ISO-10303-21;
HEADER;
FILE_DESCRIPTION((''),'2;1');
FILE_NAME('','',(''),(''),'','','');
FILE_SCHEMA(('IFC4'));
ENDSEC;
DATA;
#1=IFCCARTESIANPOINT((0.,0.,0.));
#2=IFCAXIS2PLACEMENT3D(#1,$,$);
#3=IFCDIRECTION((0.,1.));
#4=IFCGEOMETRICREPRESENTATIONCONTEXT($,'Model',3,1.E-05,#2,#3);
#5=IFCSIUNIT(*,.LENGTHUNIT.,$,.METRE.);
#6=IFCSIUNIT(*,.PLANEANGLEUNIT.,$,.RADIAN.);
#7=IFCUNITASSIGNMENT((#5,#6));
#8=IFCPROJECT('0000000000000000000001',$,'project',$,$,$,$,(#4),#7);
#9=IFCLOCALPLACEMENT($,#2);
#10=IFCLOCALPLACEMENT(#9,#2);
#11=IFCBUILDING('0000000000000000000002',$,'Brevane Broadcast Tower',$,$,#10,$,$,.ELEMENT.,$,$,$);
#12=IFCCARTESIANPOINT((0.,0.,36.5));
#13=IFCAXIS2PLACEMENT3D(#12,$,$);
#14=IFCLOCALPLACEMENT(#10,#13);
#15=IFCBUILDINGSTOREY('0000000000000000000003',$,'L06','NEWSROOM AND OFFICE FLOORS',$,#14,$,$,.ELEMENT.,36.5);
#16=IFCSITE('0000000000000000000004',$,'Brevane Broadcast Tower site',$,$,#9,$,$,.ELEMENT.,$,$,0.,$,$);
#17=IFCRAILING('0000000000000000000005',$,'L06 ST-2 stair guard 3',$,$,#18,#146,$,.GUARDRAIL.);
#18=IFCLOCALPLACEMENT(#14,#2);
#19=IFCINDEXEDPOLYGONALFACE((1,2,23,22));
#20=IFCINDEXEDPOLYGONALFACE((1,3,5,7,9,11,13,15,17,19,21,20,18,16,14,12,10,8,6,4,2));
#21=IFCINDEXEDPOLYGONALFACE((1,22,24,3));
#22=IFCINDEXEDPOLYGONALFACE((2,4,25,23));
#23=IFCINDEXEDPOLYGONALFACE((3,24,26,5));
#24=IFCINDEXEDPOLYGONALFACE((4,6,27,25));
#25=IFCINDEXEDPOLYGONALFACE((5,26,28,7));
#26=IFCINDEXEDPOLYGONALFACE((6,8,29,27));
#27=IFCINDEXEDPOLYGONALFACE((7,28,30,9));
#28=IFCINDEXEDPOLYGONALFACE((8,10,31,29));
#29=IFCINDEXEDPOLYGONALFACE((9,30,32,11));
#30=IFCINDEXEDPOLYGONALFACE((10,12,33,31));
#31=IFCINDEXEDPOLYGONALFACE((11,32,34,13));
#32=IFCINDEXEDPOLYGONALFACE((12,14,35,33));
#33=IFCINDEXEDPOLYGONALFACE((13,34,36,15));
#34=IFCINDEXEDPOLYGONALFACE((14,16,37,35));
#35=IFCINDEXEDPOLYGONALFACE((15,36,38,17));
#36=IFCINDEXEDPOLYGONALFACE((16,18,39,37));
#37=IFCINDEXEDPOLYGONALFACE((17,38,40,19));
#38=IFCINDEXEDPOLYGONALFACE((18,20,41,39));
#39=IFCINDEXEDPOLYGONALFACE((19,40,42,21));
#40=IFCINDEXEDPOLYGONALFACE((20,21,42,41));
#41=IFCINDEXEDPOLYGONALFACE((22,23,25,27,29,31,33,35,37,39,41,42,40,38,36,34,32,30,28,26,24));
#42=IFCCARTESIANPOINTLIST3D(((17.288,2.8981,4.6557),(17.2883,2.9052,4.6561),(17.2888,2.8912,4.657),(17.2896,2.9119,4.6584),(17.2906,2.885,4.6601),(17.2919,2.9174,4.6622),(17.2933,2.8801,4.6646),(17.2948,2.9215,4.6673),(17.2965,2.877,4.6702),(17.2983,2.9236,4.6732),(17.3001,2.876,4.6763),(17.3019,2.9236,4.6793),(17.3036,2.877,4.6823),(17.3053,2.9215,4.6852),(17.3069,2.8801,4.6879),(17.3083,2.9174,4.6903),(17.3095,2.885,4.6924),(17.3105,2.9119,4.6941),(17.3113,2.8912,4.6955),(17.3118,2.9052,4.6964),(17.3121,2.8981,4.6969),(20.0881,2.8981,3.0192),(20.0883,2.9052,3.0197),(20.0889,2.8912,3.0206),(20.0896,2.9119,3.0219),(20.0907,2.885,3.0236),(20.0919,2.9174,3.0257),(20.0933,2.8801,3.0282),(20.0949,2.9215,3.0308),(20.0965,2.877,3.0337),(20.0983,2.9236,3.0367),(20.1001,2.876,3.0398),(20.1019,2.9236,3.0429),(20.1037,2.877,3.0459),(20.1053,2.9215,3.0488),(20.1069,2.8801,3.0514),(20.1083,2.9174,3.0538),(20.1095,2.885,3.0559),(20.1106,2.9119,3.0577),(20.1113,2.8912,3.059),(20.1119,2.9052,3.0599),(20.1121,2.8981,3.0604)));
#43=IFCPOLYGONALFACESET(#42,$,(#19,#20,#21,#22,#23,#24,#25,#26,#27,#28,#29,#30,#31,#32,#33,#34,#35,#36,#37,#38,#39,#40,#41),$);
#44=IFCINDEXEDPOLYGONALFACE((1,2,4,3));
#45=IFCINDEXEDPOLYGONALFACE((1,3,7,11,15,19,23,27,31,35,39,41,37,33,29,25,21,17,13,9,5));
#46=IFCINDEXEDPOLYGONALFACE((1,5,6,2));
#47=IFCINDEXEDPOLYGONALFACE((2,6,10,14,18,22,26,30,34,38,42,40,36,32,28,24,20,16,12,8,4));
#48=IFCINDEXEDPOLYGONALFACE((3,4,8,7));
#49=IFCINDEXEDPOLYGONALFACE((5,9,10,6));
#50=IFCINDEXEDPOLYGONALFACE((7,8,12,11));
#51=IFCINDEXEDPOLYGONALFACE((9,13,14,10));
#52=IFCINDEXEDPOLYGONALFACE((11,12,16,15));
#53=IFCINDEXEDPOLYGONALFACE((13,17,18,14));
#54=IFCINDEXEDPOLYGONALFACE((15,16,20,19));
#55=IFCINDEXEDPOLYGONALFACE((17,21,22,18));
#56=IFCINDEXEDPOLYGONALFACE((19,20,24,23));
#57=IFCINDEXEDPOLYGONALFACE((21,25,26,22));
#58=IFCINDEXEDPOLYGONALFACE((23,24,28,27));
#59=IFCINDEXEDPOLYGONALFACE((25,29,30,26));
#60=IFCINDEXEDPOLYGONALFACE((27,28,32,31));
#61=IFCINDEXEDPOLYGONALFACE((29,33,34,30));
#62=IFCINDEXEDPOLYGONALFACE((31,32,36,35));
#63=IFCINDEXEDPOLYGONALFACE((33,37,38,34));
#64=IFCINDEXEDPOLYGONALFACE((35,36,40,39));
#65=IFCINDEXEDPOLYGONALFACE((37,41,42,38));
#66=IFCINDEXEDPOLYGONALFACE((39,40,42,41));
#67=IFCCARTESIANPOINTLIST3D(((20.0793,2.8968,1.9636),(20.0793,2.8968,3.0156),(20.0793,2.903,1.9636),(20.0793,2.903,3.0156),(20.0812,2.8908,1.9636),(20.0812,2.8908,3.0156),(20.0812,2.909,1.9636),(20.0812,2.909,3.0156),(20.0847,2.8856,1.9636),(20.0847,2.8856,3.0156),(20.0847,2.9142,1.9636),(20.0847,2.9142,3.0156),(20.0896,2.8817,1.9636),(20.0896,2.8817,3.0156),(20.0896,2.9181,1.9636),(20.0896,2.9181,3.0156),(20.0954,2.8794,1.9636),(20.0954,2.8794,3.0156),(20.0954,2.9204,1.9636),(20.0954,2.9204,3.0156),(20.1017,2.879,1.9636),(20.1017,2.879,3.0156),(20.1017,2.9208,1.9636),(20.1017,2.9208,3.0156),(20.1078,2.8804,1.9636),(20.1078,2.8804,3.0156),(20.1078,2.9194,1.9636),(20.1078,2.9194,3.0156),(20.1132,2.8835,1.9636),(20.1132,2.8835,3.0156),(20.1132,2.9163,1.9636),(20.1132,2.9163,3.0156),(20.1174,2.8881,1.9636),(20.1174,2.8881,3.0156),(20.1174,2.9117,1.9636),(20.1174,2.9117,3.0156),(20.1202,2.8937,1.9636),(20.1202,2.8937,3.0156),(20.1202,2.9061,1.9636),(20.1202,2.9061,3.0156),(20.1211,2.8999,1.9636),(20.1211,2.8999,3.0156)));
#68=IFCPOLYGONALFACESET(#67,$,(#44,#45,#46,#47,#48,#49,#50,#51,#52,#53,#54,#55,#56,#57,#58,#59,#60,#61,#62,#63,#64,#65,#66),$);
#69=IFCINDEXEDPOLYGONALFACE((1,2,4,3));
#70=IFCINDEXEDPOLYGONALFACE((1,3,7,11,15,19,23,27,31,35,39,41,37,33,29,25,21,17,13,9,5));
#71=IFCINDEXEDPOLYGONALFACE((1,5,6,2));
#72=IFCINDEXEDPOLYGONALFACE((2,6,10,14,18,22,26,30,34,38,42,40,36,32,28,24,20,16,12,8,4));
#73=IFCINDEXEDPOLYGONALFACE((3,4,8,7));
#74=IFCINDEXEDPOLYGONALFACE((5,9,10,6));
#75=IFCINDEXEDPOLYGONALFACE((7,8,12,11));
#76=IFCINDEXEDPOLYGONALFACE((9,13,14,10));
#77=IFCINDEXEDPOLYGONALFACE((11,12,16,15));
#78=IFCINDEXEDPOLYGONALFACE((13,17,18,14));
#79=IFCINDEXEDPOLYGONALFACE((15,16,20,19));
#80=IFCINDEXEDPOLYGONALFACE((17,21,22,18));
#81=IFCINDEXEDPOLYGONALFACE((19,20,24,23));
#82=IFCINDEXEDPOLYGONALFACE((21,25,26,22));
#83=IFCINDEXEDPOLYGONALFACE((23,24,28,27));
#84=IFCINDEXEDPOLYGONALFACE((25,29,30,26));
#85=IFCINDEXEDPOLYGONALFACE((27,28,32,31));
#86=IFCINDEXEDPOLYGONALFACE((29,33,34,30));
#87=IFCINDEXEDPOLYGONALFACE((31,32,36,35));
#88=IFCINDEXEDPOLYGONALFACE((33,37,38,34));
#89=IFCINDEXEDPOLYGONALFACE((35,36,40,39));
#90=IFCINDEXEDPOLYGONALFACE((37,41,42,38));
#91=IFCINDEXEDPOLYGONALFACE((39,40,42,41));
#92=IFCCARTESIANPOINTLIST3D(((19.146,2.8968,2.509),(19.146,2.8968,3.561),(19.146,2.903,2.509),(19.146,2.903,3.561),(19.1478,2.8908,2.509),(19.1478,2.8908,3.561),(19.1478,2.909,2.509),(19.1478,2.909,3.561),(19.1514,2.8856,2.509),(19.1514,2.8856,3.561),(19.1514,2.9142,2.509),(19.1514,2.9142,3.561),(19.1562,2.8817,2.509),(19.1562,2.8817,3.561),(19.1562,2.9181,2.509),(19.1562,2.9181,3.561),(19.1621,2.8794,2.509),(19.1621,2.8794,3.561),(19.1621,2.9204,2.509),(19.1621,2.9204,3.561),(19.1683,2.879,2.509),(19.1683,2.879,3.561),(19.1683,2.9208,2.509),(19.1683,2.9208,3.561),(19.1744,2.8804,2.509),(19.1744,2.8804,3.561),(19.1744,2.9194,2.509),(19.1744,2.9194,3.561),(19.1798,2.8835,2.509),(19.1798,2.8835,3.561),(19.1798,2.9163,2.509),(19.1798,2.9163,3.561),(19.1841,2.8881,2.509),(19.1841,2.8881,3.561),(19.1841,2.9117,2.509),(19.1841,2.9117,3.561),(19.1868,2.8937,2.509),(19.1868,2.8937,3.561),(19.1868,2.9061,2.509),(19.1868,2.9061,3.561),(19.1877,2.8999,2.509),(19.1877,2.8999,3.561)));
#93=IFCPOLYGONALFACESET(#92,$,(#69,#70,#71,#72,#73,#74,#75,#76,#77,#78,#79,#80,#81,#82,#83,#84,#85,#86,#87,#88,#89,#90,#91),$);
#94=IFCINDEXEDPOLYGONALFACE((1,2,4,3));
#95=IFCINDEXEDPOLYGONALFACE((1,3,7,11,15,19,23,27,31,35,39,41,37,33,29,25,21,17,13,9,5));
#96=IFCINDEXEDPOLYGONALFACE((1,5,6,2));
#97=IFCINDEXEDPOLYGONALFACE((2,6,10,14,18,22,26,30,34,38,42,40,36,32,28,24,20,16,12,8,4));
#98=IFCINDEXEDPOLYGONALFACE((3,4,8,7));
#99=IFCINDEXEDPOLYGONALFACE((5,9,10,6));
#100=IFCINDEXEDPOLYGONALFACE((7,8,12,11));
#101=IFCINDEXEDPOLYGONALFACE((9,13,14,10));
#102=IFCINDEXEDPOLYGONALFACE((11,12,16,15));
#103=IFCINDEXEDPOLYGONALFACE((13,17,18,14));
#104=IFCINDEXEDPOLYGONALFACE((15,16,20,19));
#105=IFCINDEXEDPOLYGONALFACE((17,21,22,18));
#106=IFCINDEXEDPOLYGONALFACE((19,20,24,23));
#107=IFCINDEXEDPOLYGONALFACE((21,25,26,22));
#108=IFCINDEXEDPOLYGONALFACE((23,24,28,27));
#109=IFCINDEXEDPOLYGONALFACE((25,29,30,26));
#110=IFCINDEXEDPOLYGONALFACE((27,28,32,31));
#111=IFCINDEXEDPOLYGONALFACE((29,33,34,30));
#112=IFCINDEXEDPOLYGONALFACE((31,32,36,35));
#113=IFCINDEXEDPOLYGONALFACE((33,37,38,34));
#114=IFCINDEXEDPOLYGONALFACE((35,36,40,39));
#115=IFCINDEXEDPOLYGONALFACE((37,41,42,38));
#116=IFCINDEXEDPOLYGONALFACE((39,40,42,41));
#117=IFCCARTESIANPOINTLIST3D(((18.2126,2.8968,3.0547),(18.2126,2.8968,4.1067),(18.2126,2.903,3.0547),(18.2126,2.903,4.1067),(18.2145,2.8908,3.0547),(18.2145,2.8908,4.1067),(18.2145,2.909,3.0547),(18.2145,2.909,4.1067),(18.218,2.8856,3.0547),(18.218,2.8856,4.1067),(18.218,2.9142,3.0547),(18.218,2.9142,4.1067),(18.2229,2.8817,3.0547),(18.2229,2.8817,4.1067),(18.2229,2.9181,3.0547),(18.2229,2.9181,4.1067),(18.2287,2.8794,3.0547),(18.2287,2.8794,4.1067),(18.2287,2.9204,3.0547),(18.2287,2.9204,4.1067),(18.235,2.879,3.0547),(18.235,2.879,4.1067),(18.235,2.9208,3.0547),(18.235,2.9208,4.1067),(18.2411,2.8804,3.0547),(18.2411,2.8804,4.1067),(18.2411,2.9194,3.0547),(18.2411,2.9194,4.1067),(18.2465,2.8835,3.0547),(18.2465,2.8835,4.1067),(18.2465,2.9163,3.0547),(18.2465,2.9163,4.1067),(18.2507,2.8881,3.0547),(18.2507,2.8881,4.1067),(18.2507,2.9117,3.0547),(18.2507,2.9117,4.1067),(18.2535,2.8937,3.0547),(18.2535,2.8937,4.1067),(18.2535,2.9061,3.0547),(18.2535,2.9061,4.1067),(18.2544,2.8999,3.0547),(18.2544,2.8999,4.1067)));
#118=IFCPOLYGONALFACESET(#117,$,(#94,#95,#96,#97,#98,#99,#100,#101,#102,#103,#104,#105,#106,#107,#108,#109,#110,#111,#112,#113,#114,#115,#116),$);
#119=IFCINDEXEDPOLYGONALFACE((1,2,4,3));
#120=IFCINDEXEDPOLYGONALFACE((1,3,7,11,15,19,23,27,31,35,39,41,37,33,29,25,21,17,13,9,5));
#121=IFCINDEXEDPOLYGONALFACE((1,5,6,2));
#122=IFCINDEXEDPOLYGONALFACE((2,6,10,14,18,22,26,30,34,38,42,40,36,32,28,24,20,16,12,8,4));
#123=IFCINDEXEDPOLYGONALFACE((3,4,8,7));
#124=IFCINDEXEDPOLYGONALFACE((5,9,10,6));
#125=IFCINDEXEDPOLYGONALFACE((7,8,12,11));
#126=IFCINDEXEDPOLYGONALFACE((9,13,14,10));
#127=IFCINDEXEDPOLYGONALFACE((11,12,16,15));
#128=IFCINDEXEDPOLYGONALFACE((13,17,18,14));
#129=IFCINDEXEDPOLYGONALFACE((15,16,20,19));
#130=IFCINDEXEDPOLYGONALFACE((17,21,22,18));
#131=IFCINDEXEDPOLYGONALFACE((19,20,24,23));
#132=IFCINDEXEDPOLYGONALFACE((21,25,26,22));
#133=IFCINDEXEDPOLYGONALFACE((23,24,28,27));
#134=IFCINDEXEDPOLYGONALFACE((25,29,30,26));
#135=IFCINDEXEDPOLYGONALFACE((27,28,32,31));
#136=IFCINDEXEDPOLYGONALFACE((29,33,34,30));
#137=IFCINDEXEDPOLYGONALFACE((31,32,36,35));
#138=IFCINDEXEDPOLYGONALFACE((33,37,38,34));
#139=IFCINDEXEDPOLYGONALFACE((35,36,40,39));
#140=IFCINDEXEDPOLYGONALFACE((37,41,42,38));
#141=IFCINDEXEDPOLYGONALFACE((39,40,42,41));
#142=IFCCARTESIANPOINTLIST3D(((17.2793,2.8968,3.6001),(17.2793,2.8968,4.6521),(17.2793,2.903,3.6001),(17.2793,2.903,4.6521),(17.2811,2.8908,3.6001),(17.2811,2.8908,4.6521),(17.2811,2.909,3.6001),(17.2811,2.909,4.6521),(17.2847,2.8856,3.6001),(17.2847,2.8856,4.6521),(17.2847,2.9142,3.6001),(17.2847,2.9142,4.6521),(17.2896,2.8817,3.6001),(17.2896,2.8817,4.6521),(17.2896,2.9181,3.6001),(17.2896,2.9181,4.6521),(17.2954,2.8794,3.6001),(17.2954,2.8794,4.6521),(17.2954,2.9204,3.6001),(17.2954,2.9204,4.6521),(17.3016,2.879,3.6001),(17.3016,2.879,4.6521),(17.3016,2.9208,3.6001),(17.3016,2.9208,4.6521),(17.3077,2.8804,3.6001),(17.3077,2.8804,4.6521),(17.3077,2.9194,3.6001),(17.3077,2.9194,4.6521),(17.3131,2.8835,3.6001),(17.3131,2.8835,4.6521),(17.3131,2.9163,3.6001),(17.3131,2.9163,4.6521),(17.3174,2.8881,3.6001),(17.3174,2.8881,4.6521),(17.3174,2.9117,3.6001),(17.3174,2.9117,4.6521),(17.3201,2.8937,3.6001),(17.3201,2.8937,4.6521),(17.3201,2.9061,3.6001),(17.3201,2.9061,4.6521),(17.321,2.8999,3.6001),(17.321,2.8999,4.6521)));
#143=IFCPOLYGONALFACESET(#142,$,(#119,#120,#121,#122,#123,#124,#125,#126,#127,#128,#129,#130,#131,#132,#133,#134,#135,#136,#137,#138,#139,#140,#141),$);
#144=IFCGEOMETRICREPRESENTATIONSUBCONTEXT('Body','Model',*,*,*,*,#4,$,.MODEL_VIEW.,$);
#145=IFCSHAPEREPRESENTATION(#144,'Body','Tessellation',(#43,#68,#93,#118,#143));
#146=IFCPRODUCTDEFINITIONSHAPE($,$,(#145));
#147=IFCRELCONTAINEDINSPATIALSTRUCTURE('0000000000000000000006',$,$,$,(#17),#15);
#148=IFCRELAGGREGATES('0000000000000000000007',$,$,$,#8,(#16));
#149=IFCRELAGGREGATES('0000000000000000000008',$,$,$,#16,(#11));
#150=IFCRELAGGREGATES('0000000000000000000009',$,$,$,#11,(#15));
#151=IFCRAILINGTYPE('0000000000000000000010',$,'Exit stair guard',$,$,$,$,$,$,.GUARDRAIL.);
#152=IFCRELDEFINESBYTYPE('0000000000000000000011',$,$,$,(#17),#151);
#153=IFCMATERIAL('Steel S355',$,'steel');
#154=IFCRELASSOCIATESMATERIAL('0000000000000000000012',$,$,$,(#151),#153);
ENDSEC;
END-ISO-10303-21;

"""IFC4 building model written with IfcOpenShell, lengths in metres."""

from ifc_helpers import new_model, si_unit, direction, frame, origin, origin_2d, place, context, subcontext, project, spatial, circle, extrude, material, type_object, element, save


model = new_model("IFC4")

# Units and contexts
model_context = context("Model", 3, precision=1e-05, world=origin(), true_north=direction((0.0, 1.0)))
body_context = subcontext(model_context, "Body", "Model", "MODEL_VIEW")
ifc_project = project(units=[si_unit("LENGTHUNIT", "METRE"), si_unit("PLANEANGLEUNIT", "RADIAN")], contexts=[model_context])

# Site, building, storey
site_placement = place(None, origin())
site = spatial("IfcSite", under=ifc_project, at=site_placement, Name="Brevane Broadcast Tower site", CompositionType="ELEMENT", RefElevation=0.0)
building_placement = place(site_placement, origin())
building = spatial("IfcBuilding", under=site, at=building_placement, Name="Brevane Broadcast Tower", CompositionType="ELEMENT")
storey_placement = place(building_placement, frame((0.0, 0.0, 36.5)))
storey = spatial("IfcBuildingStorey", under=building, at=storey_placement, Name="L06", Description="NEWSROOM AND OFFICE FLOORS", CompositionType="ELEMENT", Elevation=36.5)

# Railing
ifc_material_1 = material(Name="Steel S355", Category="steel")
railing_type_1 = type_object("IfcRailingType", Name="Exit stair guard", PredefinedType="GUARDRAIL", material=ifc_material_1)
railing_1_placement = place(storey_placement, frame((20.1001, 2.8999, 1.9636)))
element("IfcRailing", 1, at=railing_1_placement, inside=storey, type_object=railing_type_1, Name="L06 ST-2 stair guard 3", PredefinedType="GUARDRAIL", context=body_context, shape_type="SweptSolid", body=[
    extrude(circle(Radius=0.0239, at=origin_2d()), frame((0.0, 0.0, 1.0762), z_axis=(-0.863361, 0.0, 0.504587), x_axis=(0.0, -1.0, 0.0)), (0.0, 0.0, 1.0), 3.2432),
    extrude(circle(Radius=0.021, at=origin_2d()), origin(), (0.0, 0.0, 1.0), 1.052),
    extrude(circle(Radius=0.021, at=origin_2d()), frame((-0.9333, 0.0, 0.5454)), (0.0, 0.0, 1.0), 1.052),
    extrude(circle(Radius=0.021, at=origin_2d()), frame((-1.8667, 0.0, 1.0911)), (0.0, 0.0, 1.0), 1.052),
    extrude(circle(Radius=0.021, at=origin_2d()), frame((-2.8, 0.0, 1.6365)), (0.0, 0.0, 1.0), 1.052),
])

save(model, "model.ifc")
